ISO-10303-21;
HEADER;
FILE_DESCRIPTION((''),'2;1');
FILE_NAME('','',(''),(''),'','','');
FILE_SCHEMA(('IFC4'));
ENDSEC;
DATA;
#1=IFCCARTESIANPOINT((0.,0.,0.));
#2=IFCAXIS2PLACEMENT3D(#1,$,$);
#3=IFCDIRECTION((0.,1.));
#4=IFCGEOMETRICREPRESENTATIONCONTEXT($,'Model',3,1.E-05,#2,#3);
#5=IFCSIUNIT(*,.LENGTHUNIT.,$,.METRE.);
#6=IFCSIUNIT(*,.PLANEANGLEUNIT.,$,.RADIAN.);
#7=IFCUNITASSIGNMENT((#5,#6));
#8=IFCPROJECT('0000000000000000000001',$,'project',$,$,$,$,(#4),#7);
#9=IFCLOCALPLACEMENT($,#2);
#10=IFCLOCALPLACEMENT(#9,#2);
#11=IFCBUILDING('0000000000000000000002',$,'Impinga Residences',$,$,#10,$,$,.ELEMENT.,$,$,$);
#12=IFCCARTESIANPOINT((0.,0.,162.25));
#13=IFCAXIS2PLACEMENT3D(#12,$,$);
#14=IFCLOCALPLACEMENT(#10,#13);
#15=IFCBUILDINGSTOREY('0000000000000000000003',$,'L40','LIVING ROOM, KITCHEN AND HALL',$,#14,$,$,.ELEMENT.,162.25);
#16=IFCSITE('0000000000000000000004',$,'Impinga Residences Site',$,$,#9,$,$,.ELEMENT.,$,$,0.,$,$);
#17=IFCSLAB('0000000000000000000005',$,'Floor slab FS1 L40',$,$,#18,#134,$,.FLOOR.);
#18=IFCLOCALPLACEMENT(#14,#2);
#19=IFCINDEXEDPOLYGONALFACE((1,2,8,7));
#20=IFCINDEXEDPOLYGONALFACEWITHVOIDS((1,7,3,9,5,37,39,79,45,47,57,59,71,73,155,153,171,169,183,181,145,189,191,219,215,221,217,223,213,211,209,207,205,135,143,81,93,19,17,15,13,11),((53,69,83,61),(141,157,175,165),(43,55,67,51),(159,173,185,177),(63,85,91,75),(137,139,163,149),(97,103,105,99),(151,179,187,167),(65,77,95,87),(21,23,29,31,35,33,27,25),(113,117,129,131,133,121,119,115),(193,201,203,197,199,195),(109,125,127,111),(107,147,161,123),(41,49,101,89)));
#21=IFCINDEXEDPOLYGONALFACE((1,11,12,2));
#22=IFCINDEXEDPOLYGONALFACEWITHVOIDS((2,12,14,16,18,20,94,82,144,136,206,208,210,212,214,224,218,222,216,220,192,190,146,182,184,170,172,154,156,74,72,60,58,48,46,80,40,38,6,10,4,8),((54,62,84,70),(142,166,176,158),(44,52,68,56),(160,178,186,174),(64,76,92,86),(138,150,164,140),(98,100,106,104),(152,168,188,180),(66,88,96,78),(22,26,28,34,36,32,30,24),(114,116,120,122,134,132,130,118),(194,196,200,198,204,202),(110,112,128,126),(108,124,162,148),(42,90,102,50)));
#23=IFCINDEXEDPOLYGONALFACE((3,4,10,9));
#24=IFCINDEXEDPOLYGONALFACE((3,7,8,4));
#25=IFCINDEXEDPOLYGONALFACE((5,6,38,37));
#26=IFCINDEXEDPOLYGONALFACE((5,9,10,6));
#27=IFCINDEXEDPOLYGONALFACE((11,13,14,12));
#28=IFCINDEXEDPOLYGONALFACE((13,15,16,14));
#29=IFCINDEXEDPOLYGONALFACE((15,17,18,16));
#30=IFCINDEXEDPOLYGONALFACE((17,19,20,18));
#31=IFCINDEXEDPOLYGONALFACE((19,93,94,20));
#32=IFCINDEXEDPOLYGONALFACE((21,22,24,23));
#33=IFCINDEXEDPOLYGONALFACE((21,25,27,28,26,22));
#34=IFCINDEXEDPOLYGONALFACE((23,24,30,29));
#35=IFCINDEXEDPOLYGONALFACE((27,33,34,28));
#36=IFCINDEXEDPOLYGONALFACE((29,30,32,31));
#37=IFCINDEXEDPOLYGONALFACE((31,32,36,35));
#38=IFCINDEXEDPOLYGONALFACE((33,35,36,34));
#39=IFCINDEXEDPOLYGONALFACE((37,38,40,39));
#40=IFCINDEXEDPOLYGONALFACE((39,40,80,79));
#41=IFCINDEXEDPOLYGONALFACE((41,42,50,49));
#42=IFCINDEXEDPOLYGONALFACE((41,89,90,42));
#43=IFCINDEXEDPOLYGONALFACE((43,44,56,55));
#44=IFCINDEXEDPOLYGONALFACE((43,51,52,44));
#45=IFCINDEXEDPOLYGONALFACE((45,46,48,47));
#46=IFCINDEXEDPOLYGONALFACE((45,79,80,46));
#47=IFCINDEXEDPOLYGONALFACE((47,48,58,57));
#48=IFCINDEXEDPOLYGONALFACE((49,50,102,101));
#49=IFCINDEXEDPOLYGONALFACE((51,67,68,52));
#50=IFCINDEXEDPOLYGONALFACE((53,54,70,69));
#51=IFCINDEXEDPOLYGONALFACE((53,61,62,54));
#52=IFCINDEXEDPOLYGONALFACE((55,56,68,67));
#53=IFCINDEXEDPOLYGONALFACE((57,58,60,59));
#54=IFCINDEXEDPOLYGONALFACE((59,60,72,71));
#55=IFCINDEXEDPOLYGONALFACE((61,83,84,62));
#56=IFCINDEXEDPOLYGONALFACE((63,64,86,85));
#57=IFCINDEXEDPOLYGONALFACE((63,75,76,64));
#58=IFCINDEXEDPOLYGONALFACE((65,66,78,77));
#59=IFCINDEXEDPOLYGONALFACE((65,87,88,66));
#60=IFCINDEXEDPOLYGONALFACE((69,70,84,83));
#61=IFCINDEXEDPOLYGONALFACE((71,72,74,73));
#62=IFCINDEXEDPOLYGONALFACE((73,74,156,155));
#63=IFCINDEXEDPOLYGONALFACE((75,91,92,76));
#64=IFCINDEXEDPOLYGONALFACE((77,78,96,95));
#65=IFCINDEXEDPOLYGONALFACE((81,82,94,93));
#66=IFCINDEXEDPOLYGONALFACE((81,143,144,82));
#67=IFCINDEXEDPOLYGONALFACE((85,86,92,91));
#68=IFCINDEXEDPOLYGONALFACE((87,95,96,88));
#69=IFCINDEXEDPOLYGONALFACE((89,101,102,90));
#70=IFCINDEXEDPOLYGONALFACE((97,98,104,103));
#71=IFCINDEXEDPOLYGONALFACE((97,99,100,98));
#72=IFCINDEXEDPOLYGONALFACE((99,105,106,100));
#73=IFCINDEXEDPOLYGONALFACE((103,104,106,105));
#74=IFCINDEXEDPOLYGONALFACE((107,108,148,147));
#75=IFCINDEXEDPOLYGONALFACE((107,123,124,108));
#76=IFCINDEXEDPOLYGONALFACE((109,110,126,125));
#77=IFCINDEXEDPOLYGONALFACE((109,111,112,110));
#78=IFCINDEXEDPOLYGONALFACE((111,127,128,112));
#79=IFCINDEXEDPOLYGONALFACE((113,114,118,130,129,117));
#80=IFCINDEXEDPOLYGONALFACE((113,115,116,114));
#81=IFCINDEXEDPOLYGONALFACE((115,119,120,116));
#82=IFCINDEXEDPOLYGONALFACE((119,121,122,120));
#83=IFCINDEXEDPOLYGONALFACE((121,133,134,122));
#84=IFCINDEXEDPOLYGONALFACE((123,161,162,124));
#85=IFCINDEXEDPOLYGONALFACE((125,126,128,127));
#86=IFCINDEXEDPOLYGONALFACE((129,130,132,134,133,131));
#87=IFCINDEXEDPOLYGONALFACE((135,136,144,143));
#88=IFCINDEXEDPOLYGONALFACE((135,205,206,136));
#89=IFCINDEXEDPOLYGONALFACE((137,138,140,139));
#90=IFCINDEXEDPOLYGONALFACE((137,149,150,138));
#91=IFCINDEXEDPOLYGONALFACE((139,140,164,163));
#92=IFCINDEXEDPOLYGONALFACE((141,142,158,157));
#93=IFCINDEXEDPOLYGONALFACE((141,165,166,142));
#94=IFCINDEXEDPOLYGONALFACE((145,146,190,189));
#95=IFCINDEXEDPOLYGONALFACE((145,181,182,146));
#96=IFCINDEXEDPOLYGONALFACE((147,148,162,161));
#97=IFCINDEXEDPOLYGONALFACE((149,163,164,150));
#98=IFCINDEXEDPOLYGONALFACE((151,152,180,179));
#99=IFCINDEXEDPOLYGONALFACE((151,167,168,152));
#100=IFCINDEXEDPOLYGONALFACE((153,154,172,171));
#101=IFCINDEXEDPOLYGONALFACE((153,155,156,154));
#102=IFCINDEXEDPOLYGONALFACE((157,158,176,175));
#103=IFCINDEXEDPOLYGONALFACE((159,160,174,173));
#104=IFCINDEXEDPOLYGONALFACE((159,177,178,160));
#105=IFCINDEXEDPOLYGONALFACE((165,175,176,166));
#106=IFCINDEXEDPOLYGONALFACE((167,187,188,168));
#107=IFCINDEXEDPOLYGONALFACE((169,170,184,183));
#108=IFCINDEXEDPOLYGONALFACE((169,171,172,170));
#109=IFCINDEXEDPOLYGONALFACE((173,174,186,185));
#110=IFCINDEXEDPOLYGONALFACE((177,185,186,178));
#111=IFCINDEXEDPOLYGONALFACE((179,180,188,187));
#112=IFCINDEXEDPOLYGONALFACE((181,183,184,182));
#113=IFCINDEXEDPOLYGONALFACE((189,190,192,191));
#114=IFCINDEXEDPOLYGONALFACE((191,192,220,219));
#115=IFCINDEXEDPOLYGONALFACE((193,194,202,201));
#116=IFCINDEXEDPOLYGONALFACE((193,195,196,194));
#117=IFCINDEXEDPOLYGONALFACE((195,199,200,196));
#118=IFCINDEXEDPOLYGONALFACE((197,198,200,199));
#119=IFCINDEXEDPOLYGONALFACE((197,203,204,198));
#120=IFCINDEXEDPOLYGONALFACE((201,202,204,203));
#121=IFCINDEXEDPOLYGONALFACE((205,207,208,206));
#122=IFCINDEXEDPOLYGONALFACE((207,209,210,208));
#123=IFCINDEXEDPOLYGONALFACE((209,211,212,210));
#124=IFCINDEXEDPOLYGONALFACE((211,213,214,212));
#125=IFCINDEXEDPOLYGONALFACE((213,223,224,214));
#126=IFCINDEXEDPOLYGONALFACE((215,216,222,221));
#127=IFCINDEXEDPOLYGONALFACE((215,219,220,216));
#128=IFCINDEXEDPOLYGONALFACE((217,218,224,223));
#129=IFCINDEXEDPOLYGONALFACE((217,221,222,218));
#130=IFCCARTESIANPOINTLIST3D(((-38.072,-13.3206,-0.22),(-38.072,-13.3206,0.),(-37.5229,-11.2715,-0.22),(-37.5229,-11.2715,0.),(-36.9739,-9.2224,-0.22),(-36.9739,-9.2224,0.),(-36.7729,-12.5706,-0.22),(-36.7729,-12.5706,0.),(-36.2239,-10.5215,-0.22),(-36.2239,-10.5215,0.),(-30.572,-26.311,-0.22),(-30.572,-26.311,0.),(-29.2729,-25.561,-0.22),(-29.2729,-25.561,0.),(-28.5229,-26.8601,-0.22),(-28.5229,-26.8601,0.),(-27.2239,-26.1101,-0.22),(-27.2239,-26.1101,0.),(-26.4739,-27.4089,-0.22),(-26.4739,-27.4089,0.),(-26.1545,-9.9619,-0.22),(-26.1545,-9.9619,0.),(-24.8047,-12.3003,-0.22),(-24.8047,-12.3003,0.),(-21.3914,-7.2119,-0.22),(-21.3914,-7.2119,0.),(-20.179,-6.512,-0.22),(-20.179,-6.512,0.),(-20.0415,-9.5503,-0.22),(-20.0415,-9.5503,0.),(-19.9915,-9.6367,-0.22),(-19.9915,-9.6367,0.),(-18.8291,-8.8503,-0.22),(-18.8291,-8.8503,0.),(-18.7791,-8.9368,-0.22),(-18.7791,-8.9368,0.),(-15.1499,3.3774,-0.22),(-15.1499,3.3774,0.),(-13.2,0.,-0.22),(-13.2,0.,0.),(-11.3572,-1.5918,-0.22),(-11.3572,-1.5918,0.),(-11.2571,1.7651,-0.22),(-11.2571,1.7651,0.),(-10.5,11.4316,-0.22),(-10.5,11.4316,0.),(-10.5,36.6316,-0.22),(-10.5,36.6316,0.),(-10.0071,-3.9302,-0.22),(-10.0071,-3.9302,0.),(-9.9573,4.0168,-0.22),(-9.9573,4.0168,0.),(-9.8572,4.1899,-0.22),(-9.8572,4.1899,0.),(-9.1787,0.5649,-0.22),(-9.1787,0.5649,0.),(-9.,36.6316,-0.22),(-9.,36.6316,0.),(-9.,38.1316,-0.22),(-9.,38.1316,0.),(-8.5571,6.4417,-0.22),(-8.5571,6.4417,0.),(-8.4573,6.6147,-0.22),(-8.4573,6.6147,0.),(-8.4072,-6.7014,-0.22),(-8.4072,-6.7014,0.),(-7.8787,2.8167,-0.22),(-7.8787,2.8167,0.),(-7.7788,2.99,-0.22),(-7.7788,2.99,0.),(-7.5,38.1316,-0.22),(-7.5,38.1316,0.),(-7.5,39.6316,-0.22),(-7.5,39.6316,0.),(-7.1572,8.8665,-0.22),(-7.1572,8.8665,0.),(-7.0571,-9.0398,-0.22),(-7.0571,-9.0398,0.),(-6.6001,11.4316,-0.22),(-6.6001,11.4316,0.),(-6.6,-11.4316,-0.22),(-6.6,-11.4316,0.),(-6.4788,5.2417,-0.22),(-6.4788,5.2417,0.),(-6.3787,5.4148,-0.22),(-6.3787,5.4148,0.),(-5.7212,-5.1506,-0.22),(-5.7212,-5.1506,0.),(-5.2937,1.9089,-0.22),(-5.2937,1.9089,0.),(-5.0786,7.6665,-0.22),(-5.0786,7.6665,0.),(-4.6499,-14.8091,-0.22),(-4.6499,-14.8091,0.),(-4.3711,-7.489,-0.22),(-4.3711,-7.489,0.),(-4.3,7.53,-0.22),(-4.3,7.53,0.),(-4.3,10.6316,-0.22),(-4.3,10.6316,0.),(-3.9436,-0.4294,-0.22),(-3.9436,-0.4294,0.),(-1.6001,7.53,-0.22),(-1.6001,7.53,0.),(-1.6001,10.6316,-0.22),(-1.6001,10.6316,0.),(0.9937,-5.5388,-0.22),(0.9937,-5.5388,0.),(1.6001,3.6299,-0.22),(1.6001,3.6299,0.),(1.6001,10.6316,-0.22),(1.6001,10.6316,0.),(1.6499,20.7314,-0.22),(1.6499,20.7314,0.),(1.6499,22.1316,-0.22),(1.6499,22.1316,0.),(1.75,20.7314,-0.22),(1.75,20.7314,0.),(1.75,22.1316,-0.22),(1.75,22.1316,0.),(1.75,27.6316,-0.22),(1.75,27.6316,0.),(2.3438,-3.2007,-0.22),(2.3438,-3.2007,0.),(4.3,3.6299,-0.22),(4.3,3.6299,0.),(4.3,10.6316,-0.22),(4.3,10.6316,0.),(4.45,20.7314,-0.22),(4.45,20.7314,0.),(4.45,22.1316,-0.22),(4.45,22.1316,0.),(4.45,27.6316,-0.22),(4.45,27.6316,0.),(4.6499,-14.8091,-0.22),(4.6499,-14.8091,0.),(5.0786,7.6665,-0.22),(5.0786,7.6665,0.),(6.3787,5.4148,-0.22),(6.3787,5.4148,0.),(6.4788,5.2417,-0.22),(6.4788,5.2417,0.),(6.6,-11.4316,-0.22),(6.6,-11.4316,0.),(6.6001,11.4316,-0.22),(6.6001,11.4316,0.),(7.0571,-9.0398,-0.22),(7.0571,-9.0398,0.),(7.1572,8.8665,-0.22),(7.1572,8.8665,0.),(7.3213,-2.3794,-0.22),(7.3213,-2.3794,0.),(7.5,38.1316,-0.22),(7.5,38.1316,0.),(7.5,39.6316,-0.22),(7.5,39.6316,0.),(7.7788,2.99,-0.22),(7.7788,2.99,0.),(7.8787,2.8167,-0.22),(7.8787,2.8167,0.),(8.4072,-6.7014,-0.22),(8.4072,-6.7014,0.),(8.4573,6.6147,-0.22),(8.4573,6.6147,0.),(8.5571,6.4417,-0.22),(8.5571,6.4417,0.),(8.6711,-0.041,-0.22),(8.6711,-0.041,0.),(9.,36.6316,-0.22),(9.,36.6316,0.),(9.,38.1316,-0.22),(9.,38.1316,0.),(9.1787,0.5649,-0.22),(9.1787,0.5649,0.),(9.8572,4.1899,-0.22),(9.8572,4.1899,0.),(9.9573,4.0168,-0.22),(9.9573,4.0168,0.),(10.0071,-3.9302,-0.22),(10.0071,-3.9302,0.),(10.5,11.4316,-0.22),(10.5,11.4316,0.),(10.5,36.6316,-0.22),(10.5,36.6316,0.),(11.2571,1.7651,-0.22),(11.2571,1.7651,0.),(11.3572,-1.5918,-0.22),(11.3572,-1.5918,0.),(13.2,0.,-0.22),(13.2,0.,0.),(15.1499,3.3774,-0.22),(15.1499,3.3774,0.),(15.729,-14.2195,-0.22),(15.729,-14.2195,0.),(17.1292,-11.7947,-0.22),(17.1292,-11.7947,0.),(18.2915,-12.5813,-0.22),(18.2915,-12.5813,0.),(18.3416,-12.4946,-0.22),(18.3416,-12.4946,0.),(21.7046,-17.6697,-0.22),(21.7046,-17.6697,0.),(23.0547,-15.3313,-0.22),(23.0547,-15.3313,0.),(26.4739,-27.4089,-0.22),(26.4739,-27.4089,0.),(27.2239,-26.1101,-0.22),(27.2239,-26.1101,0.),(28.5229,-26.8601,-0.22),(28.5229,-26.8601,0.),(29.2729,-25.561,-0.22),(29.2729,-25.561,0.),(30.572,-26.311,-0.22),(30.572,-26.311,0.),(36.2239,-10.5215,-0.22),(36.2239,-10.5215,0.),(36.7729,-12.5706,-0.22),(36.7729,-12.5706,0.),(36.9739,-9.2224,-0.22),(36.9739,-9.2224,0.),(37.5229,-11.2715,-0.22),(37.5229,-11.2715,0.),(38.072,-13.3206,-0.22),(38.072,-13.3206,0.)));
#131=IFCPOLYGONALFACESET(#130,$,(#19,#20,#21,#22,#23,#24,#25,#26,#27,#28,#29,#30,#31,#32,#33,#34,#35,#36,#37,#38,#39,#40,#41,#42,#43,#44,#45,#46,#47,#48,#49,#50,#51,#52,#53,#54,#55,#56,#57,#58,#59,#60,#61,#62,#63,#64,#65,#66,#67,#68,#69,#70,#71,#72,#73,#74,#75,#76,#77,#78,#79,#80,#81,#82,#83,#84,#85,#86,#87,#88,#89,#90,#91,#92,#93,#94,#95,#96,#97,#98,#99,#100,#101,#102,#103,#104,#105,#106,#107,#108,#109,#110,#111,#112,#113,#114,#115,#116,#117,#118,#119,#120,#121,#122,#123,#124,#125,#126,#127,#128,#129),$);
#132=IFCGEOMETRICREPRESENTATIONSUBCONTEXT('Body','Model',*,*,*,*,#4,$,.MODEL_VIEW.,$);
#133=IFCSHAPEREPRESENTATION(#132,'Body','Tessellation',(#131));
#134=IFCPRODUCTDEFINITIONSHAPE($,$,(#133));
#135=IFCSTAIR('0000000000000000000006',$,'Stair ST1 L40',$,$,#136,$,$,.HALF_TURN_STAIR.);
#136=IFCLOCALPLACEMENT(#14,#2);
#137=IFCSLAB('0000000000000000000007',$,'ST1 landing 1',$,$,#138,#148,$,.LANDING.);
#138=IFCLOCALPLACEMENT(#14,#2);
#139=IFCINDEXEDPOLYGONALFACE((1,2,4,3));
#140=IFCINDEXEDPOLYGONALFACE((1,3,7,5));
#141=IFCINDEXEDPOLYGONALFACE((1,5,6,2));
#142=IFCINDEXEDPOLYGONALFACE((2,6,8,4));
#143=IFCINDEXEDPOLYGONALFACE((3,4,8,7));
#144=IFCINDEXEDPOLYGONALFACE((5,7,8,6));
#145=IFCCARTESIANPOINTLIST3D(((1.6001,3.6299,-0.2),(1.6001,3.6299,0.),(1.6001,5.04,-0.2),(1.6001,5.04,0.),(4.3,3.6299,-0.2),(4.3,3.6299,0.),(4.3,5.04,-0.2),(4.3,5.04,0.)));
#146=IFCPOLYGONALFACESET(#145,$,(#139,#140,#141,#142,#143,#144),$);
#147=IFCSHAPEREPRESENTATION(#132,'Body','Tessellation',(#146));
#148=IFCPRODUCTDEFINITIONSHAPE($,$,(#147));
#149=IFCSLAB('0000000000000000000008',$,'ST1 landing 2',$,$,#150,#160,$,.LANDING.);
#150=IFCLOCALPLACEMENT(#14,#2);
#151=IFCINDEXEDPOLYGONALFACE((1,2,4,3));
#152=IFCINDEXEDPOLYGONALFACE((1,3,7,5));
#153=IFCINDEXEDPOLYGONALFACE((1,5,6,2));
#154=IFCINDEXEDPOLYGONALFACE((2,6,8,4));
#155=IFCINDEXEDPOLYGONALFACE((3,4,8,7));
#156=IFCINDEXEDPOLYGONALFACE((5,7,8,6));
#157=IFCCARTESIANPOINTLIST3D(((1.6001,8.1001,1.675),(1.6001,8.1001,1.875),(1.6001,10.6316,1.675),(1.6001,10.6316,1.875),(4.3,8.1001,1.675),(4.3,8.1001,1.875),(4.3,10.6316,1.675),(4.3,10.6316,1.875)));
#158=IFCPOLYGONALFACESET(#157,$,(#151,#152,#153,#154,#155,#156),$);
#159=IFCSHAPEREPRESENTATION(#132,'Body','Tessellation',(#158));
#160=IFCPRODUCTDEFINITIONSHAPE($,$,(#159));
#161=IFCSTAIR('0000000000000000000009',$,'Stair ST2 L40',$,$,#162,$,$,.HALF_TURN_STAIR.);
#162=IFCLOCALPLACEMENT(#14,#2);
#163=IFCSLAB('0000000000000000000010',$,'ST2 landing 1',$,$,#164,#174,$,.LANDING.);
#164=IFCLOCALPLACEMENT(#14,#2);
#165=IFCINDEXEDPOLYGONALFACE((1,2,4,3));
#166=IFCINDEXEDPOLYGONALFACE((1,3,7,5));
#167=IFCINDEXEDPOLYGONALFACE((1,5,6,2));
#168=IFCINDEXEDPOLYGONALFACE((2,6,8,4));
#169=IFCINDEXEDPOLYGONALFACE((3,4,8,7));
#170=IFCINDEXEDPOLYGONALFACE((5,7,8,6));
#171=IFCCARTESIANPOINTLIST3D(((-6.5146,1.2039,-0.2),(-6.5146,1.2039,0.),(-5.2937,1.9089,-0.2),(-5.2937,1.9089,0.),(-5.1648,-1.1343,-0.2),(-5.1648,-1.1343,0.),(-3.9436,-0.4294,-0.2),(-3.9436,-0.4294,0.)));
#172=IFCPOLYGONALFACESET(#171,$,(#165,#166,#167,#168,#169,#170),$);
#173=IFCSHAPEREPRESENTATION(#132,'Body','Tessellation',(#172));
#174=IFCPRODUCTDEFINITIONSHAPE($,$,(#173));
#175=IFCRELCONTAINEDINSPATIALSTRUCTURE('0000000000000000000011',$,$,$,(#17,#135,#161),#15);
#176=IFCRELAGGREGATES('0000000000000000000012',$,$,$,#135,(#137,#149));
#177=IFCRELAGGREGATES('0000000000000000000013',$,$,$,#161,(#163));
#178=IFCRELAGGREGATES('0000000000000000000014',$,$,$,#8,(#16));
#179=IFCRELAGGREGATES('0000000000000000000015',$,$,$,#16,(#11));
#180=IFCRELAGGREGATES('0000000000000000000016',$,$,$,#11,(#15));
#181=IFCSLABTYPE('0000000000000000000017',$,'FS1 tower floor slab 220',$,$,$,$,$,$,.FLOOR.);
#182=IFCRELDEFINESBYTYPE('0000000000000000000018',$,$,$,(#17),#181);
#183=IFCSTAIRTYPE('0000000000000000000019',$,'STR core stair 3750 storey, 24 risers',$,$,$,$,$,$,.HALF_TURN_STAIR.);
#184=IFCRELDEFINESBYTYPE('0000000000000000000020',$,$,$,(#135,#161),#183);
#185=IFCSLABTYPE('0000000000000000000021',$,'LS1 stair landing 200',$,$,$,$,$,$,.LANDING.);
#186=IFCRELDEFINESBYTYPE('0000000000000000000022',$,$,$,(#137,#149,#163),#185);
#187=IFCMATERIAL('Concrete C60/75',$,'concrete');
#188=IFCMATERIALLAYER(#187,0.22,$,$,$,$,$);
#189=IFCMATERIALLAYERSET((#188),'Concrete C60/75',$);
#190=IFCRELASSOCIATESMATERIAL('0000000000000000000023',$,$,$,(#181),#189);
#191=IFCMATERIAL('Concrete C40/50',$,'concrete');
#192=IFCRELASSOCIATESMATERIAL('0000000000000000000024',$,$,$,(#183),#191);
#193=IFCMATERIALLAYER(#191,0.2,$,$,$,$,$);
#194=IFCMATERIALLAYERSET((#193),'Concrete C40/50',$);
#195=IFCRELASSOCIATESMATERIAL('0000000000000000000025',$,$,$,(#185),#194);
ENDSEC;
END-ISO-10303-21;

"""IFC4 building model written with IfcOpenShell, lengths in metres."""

from ifc_helpers import new_model, si_unit, direction, frame, origin, place, context, subcontext, project, spatial, polyline, outline, extrude, material, layer, layer_set, type_object, element, aggregate, save


model = new_model("IFC4")

# Units and contexts
model_context = context("Model", 3, precision=1e-05, world=origin(), true_north=direction((0.0, 1.0)))
body_context = subcontext(model_context, "Body", "Model", "MODEL_VIEW")
ifc_project = project(units=[si_unit("LENGTHUNIT", "METRE"), si_unit("PLANEANGLEUNIT", "RADIAN")], contexts=[model_context])

# Site, building, storey
site_placement = place(None, origin())
site = spatial("IfcSite", under=ifc_project, at=site_placement, Name="Impinga Residences Site", CompositionType="ELEMENT", RefElevation=0.0)
building_placement = place(site_placement, origin())
building = spatial("IfcBuilding", under=site, at=building_placement, Name="Impinga Residences", CompositionType="ELEMENT")
storey_placement = place(building_placement, frame((0.0, 0.0, 162.25)))
storey = spatial("IfcBuildingStorey", under=building, at=storey_placement, Name="L40", Description="LIVING ROOM, KITCHEN AND HALL", CompositionType="ELEMENT", Elevation=162.25)

# Slab
ifc_material_1 = material(Name="Concrete C60/75", Category="concrete")
ifc_layer_1 = layer(ifc_material_1, 0.22)
ifc_layer_set_1 = layer_set([ifc_layer_1], Name="Concrete C60/75")
slab_type_1 = type_object("IfcSlabType", Name="FS1 tower floor slab 220", PredefinedType="FLOOR", material=ifc_layer_set_1)
slab_1_placement = place(storey_placement, frame((0.0, 0.0, -0.22)))
element("IfcSlab", 1, at=slab_1_placement, inside=storey, type_object=slab_type_1, Name="Floor slab FS1 L40", PredefinedType="FLOOR", context=body_context, shape_type="SweptSolid", body=[
    extrude(outline(polyline([(-27.2239, -26.1101), (-28.5229, -26.8601), (-29.2729, -25.561), (-30.572, -26.311), (-38.072, -13.3206), (-36.7729, -12.5706), (-37.5229, -11.2715), (-36.2239, -10.5215), (-36.9739, -9.2224), (-15.1499, 3.3774), (-13.2, 0.0), (-6.6001, 11.4316), (-10.5, 11.4316), (-10.5, 36.6316), (-9.0, 36.6316), (-9.0, 38.1316), (-7.5, 38.1316), (-7.5, 39.6316), (7.5, 39.6316), (7.5, 38.1316), (9.0, 38.1316), (9.0, 36.6316), (10.5, 36.6316), (10.5, 11.4316), (6.6001, 11.4316), (13.2, 0.0), (15.1499, 3.3774), (36.9739, -9.2224), (36.2239, -10.5215), (37.5229, -11.2715), (36.7729, -12.5706), (38.072, -13.3206), (30.572, -26.311), (29.2729, -25.561), (28.5229, -26.8601), (27.2239, -26.1101), (26.4739, -27.4089), (4.6499, -14.8091), (9.9001, -5.7158), (6.6001, -11.4316), (-6.6001, -11.4316), (-9.9001, -5.7158), (-4.6499, -14.8091), (-26.4739, -27.4089), (-27.2239, -26.1101)]), holes=[polyline([(-18.7791, -8.9368), (-18.8291, -8.8503), (-18.8291, -8.8503), (-20.179, -6.512), (-21.3914, -7.2119), (-21.3914, -7.2119), (-26.1545, -9.9619), (-24.8047, -12.3003), (-20.0415, -9.5503), (-19.9915, -9.6367), (-18.7791, -8.9368)]), polyline([(-4.3711, -7.489), (-5.7212, -5.1506), (-8.4072, -6.7014), (-7.0571, -9.0398), (-4.3711, -7.489)]), polyline([(-3.9436, -0.4294), (-5.2937, 1.9089), (-11.3572, -1.5918), (-10.0071, -3.9302), (-3.9436, -0.4294)]), polyline([(-7.8787, 2.8167), (-9.9573, 4.0168), (-11.2571, 1.7651), (-9.1787, 0.5649), (-7.8787, 2.8167)]), polyline([(-6.4788, 5.2417), (-8.5571, 6.4417), (-9.8572, 4.1899), (-7.7788, 2.99), (-6.4788, 5.2417)]), polyline([(4.3, 3.6299), (4.3, 10.6316), (1.6001, 10.6316), (1.6001, 3.6299), (4.3, 3.6299)]), polyline([(-6.3787, 5.4148), (-5.0786, 7.6665), (-7.1572, 8.8665), (-8.4573, 6.6147), (-6.3787, 5.4148)]), polyline([(-4.3, 7.53), (-1.6001, 7.53), (-1.6001, 10.6316), (-4.3, 10.6316), (-4.3, 7.53)]), polyline([(4.45, 20.7314), (4.45, 22.1316), (4.45, 27.6316), (1.75, 27.6316), (1.75, 22.1316), (1.6499, 22.1316), (1.6499, 20.7314), (1.75, 20.7314), (4.45, 20.7314)]), polyline([(15.729, -14.2195), (21.7046, -17.6697), (23.0547, -15.3313), (18.2915, -12.5813), (18.3416, -12.4946), (17.1292, -11.7947), (15.729, -14.2195)]), polyline([(2.3438, -3.2007), (0.9937, -5.5388), (7.0571, -9.0398), (8.4072, -6.7014), (2.3438, -3.2007)]), polyline([(7.3213, -2.3794), (10.0071, -3.9302), (11.3572, -1.5918), (8.6711, -0.041), (7.3213, -2.3794)]), polyline([(7.8787, 2.8167), (9.1787, 0.5649), (11.2571, 1.7651), (9.9573, 4.0168), (7.8787, 2.8167)]), polyline([(6.4788, 5.2417), (7.7788, 2.99), (9.8572, 4.1899), (8.5571, 6.4417), (6.4788, 5.2417)]), polyline([(6.3787, 5.4148), (8.4573, 6.6147), (7.1572, 8.8665), (5.0786, 7.6665), (6.3787, 5.4148)])]), origin(), (0.0, 0.0, 1.0), 0.22),
])

# Stairs, slabs
ifc_material_2 = material(Name="Concrete C40/50", Category="concrete")
stair_type_1 = type_object("IfcStairType", Name="STR core stair 3750 storey, 24 risers", PredefinedType="HALF_TURN_STAIR", material=ifc_material_2)
stair_1_placement = place(storey_placement, origin())
stair_1 = element("IfcStair", 2, at=stair_1_placement, inside=storey, type_object=stair_type_1, Name="Stair ST1 L40", PredefinedType="HALF_TURN_STAIR")
ifc_layer_2 = layer(ifc_material_2, 0.2)
ifc_layer_set_2 = layer_set([ifc_layer_2], Name="Concrete C40/50")
slab_type_2 = type_object("IfcSlabType", Name="LS1 stair landing 200", PredefinedType="LANDING", material=ifc_layer_set_2)
slab_2_placement = place(storey_placement, frame((0.0, 0.0, -0.2)))
slab_2 = element("IfcSlab", 3, at=slab_2_placement, type_object=slab_type_2, Name="ST1 landing 1", PredefinedType="LANDING", context=body_context, shape_type="SweptSolid", body=[
    extrude(outline(polyline([(1.6001, 3.6299), (4.3, 3.6299), (4.3, 5.04), (1.6001, 5.04), (1.6001, 3.6299)])), origin(), (0.0, 0.0, 1.0), 0.2),
])
slab_3_placement = place(storey_placement, frame((0.0, 0.0, 1.675)))
slab_3 = element("IfcSlab", 4, at=slab_3_placement, type_object=slab_type_2, Name="ST1 landing 2", PredefinedType="LANDING", context=body_context, shape_type="SweptSolid", body=[
    extrude(outline(polyline([(1.6001, 8.1001), (4.3, 8.1001), (4.3, 10.6316), (1.6001, 10.6316), (1.6001, 8.1001)])), origin(), (0.0, 0.0, 1.0), 0.2),
])
aggregate(stair_1, [slab_2, slab_3])
stair_2_placement = place(storey_placement, origin())
stair_2 = element("IfcStair", 5, at=stair_2_placement, inside=storey, type_object=stair_type_1, Name="Stair ST2 L40", PredefinedType="HALF_TURN_STAIR")
slab_4_placement = place(storey_placement, frame((0.0, 0.0, -0.2)))
slab_4 = element("IfcSlab", 6, at=slab_4_placement, type_object=slab_type_2, Name="ST2 landing 1", PredefinedType="LANDING", context=body_context, shape_type="SweptSolid", body=[
    extrude(outline(polyline([(-3.9436, -0.4294), (-5.2937, 1.9089), (-6.5146, 1.2039), (-5.1648, -1.1343), (-3.9436, -0.4294)])), origin(), (0.0, 0.0, 1.0), 0.2),
])

aggregate(stair_2, [slab_4])

save(model, "model.ifc")
